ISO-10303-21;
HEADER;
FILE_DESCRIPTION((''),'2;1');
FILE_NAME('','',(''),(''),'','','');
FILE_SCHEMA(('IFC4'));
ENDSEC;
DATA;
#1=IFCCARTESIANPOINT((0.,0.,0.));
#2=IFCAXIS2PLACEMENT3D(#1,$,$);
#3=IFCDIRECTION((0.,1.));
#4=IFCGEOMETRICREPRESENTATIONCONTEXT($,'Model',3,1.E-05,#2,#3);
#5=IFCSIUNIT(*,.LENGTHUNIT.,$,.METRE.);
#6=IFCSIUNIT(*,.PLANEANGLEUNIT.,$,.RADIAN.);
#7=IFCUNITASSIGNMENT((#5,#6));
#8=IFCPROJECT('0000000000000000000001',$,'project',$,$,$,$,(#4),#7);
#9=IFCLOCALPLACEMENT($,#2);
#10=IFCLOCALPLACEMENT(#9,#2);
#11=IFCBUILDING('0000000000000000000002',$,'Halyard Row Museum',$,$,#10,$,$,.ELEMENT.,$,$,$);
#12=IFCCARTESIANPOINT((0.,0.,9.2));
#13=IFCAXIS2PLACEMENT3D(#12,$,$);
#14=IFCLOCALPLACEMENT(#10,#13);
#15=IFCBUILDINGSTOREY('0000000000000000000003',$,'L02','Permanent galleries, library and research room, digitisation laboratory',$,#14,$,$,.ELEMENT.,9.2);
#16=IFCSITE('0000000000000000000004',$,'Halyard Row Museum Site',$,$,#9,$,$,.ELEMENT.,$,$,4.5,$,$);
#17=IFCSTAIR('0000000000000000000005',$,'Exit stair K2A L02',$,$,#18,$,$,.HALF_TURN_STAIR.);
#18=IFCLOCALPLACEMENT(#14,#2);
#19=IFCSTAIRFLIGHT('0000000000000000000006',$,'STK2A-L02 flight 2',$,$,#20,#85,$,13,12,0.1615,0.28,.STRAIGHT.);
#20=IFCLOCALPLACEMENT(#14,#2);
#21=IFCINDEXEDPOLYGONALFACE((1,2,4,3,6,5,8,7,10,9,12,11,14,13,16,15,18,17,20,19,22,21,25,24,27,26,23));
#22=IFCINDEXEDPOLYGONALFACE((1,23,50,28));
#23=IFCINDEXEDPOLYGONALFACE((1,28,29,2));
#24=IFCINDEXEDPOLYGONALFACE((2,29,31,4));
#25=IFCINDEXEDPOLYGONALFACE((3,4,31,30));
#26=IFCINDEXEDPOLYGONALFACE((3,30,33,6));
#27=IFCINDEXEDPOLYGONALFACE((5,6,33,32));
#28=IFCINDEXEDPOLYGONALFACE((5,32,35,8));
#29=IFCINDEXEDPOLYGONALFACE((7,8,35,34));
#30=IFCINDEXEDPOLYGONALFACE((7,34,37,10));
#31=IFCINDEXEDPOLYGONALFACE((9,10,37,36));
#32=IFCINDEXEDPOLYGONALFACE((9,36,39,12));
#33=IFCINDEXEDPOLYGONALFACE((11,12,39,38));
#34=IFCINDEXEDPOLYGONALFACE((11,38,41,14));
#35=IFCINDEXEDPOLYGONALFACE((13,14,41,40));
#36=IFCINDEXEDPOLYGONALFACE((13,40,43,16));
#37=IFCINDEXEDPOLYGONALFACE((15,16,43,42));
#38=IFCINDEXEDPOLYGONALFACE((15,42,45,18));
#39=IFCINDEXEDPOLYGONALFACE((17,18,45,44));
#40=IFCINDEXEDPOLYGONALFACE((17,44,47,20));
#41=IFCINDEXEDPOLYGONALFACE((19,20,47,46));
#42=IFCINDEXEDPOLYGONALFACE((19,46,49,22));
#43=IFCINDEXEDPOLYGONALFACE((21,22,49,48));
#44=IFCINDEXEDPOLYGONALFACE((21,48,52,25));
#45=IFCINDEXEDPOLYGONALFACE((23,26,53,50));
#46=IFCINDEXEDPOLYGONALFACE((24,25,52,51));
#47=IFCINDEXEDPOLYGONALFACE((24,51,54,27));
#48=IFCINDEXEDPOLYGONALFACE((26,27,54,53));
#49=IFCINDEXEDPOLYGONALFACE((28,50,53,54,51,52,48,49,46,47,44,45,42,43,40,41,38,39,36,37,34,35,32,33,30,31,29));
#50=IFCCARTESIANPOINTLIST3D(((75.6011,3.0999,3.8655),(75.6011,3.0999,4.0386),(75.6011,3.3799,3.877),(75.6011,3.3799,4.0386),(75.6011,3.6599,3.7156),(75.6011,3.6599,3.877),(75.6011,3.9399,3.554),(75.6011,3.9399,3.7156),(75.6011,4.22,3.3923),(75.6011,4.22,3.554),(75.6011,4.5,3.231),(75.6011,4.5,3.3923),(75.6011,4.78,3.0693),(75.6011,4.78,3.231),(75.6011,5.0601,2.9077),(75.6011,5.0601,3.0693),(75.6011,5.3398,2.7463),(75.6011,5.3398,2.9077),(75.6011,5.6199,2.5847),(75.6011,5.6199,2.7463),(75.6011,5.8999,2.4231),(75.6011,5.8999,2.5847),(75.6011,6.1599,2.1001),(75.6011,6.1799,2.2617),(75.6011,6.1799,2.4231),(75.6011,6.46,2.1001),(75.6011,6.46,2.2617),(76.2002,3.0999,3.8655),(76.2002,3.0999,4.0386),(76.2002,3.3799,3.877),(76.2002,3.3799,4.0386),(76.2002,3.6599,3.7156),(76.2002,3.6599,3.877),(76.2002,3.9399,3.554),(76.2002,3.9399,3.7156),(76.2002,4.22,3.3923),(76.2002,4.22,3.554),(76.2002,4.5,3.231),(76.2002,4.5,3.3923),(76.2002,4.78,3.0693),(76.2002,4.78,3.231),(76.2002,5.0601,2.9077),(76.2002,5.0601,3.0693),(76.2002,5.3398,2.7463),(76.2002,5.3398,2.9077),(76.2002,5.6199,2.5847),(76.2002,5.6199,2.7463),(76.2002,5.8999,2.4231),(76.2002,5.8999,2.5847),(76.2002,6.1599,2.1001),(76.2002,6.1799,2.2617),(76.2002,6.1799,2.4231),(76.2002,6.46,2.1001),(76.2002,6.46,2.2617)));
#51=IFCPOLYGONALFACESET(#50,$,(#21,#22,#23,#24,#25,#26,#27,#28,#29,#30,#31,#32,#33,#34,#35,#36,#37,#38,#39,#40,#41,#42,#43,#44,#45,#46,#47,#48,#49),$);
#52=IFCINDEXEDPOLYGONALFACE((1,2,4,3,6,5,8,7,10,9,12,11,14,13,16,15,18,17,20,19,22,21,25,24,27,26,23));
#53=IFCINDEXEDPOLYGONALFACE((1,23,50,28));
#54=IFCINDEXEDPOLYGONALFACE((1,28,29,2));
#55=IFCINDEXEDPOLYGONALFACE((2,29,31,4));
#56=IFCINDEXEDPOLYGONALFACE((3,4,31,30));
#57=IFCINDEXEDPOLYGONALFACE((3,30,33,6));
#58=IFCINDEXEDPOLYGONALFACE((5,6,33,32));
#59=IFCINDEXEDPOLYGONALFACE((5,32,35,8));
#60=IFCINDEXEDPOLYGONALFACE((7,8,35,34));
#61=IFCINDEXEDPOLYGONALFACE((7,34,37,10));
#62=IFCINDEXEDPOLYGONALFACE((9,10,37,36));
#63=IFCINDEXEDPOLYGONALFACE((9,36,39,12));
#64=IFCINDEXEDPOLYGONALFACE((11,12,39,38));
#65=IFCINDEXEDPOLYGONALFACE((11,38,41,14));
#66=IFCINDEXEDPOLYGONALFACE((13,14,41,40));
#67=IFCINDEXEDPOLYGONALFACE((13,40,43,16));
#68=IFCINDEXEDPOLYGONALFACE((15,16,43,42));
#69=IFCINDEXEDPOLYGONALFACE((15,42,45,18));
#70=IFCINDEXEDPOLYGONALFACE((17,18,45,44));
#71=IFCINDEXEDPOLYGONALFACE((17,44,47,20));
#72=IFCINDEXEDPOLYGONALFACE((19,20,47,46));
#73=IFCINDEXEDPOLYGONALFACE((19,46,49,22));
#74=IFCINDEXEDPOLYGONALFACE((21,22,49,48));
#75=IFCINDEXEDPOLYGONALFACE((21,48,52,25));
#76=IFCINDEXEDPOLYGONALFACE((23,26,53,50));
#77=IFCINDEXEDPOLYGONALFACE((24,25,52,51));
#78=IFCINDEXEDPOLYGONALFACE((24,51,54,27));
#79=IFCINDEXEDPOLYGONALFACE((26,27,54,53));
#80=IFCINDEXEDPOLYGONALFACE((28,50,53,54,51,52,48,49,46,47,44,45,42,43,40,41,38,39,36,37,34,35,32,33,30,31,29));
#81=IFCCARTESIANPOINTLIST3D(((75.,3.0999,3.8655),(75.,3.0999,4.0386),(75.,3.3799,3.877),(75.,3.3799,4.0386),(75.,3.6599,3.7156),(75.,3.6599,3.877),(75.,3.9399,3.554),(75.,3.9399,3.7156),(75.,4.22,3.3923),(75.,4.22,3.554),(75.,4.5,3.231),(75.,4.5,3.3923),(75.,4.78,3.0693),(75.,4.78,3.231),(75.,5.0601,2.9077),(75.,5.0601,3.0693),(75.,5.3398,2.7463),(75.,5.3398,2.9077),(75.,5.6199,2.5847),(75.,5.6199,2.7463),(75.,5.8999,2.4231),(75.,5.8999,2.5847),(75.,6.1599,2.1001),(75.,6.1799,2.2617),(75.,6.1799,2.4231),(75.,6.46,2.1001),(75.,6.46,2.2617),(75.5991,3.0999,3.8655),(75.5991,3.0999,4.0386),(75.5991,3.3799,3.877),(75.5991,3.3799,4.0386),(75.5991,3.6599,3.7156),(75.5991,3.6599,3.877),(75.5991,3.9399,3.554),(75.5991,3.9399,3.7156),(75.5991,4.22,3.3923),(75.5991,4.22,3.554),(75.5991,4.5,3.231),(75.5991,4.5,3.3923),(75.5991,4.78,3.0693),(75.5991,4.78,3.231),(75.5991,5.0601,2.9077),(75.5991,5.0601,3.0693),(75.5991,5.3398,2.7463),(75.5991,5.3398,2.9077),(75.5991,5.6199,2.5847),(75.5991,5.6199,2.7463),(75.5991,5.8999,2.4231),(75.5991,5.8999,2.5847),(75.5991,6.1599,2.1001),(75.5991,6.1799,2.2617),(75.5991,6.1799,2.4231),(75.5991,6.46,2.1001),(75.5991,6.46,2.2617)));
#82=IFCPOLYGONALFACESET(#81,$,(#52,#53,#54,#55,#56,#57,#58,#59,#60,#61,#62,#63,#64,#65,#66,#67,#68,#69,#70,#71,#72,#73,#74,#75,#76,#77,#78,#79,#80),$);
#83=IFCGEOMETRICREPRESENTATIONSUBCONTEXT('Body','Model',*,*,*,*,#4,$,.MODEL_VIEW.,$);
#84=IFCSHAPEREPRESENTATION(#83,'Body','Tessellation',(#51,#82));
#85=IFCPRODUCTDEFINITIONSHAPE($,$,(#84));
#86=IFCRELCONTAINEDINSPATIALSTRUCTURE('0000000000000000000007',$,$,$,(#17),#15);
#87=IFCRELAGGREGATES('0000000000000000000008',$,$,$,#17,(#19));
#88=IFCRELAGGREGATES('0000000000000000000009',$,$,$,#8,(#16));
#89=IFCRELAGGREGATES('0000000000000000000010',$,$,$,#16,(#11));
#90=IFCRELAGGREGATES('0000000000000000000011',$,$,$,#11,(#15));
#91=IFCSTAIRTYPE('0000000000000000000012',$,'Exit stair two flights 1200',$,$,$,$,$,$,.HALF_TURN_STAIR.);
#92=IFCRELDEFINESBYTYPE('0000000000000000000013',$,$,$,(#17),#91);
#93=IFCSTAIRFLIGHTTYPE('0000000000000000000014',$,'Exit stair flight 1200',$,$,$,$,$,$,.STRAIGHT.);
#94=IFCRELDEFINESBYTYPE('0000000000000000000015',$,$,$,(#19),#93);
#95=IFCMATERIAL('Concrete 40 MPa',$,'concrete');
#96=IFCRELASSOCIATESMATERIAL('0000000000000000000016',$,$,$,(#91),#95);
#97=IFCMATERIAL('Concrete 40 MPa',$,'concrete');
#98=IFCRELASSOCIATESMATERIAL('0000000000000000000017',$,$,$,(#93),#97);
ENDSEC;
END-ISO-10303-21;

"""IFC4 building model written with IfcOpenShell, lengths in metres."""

from ifc_helpers import new_model, si_unit, direction, frame, origin, place, context, subcontext, project, spatial, polyline, outline, extrude, material, type_object, element, aggregate, save


model = new_model("IFC4")

# Units and contexts
model_context = context("Model", 3, precision=1e-05, world=origin(), true_north=direction((0.0, 1.0)))
body_context = subcontext(model_context, "Body", "Model", "MODEL_VIEW")
ifc_project = project(units=[si_unit("LENGTHUNIT", "METRE"), si_unit("PLANEANGLEUNIT", "RADIAN")], contexts=[model_context])

# Site, building, storey
site_placement = place(None, origin())
site = spatial("IfcSite", under=ifc_project, at=site_placement, Name="Halyard Row Museum Site", CompositionType="ELEMENT", RefElevation=4.5)
building_placement = place(site_placement, origin())
building = spatial("IfcBuilding", under=site, at=building_placement, Name="Halyard Row Museum", CompositionType="ELEMENT")
storey_placement = place(building_placement, frame((0.0, 0.0, 9.2)))
storey = spatial("IfcBuildingStorey", under=building, at=storey_placement, Name="L02", Description="Permanent galleries, library and research room, digitisation laboratory", CompositionType="ELEMENT", Elevation=9.2)

# Stair, stair flight
ifc_material_1 = material(Name="Concrete 40 MPa", Category="concrete")
stair_type = type_object("IfcStairType", Name="Exit stair two flights 1200", PredefinedType="HALF_TURN_STAIR", material=ifc_material_1)
stair_placement = place(storey_placement, origin())
stair = element("IfcStair", 1, at=stair_placement, inside=storey, type_object=stair_type, Name="Exit stair K2A L02", PredefinedType="HALF_TURN_STAIR")
ifc_material_2 = material(Name="Concrete 40 MPa", Category="concrete")
stair_flight_type = type_object("IfcStairFlightType", Name="Exit stair flight 1200", PredefinedType="STRAIGHT", material=ifc_material_2)
stair_flight_1_placement = place(storey_placement, frame((75.6001, 6.46, 2.1001), z_axis=(0.0, 0.0, 1.0), x_axis=(0.0, -1.0, 0.0)))
stair_flight_1 = element("IfcStairFlight", 2, at=stair_flight_1_placement, type_object=stair_flight_type, Name="STK2A-L02 flight 2", NumberOfRisers=13, NumberOfTreads=12, PredefinedType="STRAIGHT", RiserHeight=0.1615, TreadLength=0.28, context=body_context, shape_type="SweptSolid", body=[
    extrude(outline(polyline([(0.0, 0.0), (0.0, 0.1616), (0.28, 0.1616), (0.28, 0.323), (0.5601, 0.323), (0.5601, 0.4846), (0.8401, 0.4846), (0.8401, 0.6462), (1.1201, 0.6462), (1.1201, 0.8076), (1.3999, 0.8076), (1.3999, 0.9692), (1.6799, 0.9692), (1.6799, 1.1309), (1.96, 1.1309), (1.96, 1.2922), (2.24, 1.2922), (2.24, 1.4539), (2.52, 1.4539), (2.52, 1.6155), (2.8, 1.6155), (2.8, 1.7769), (3.0801, 1.7769), (3.0801, 1.9385), (3.3601, 1.9385), (3.3601, 2.1001), (3.3601, 1.7654), (0.3, 0.0), (0.0, 0.0)])), frame((0.0, 0.6001, 0.0), z_axis=(0.0, -1.0, 0.0), x_axis=(1.0, 0.0, 0.0)), (0.0, 0.0, 1.0), 0.5991),
    extrude(outline(polyline([(0.0, 0.0), (0.0, 0.1616), (0.28, 0.1616), (0.28, 0.323), (0.5601, 0.323), (0.5601, 0.4846), (0.8401, 0.4846), (0.8401, 0.6462), (1.1201, 0.6462), (1.1201, 0.8076), (1.3999, 0.8076), (1.3999, 0.9692), (1.6799, 0.9692), (1.6799, 1.1309), (1.96, 1.1309), (1.96, 1.2922), (2.24, 1.2922), (2.24, 1.4539), (2.52, 1.4539), (2.52, 1.6155), (2.8, 1.6155), (2.8, 1.7769), (3.0801, 1.7769), (3.0801, 1.9385), (3.3601, 1.9385), (3.3601, 2.1001), (3.3601, 1.7654), (0.3, 0.0), (0.0, 0.0)])), frame((0.0, -0.001, 0.0), z_axis=(0.0, -1.0, 0.0), x_axis=(1.0, 0.0, 0.0)), (0.0, 0.0, 1.0), 0.5991),
])
aggregate(stair, [stair_flight_1])

save(model, "model.ifc")
